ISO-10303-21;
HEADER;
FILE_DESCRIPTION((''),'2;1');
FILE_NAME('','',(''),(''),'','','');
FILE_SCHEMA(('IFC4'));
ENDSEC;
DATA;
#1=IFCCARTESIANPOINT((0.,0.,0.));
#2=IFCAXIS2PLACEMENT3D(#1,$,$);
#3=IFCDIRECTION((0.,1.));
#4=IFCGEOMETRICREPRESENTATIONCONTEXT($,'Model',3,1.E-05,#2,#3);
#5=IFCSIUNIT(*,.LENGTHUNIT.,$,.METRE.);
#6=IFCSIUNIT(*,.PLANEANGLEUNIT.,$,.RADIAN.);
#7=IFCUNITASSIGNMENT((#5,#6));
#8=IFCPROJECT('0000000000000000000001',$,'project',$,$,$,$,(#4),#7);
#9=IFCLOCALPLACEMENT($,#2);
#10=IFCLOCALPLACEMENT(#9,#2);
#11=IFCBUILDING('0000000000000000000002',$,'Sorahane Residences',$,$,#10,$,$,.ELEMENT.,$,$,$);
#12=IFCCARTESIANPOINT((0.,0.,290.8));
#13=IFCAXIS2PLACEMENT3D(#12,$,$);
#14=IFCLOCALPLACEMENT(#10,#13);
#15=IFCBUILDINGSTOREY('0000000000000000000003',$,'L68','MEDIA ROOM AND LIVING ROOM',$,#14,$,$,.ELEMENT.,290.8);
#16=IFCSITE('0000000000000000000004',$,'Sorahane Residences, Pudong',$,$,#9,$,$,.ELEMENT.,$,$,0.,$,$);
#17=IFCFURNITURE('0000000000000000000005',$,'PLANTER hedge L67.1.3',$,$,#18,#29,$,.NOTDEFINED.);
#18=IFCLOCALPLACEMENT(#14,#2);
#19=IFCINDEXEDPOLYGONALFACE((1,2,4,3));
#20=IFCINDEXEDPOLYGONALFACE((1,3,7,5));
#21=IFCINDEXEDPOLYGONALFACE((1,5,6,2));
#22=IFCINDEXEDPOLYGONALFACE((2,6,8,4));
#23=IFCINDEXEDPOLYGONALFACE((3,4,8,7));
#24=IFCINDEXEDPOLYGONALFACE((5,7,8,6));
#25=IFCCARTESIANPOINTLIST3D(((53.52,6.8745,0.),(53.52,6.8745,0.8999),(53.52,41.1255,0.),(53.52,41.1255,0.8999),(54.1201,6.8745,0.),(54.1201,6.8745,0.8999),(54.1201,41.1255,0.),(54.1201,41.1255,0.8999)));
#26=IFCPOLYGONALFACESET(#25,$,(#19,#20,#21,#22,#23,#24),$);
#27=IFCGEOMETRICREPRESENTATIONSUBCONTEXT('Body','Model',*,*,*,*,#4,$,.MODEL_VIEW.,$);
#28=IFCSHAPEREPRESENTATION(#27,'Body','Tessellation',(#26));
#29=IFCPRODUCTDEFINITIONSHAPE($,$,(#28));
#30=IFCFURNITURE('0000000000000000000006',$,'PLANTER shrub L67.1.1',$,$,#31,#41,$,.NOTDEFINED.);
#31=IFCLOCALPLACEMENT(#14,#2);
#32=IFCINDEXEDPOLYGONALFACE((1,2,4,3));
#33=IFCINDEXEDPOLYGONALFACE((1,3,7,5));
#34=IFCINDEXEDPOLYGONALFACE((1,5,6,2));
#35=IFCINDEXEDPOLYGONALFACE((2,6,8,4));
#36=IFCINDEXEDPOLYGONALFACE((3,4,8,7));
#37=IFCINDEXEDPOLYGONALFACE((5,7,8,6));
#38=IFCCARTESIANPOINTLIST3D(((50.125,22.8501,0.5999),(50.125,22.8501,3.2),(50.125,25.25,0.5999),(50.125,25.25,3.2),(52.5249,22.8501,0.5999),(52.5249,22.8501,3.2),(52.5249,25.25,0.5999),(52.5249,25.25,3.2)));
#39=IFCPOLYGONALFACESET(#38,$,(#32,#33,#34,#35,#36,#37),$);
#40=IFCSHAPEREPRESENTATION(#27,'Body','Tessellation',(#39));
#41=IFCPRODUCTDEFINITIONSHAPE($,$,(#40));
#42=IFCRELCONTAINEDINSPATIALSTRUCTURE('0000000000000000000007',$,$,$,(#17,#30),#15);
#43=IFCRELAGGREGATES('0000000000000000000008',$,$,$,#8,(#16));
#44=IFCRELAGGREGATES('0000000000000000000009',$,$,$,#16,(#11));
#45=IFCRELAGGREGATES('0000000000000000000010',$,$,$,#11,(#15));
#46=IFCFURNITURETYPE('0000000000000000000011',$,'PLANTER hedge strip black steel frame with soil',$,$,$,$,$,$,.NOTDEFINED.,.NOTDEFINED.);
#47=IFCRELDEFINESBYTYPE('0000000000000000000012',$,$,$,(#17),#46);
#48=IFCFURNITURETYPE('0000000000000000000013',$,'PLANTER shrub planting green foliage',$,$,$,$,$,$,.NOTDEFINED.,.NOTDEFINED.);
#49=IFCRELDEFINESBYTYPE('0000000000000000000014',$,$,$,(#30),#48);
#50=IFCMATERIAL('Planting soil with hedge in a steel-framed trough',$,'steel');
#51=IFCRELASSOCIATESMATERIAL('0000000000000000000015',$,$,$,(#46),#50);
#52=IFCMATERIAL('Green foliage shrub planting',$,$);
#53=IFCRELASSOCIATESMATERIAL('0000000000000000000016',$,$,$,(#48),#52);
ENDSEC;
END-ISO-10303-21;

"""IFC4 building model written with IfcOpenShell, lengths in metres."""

from ifc_helpers import new_model, si_unit, direction, frame, origin, origin_2d, place, context, subcontext, project, spatial, rectangle, extrude, material, type_object, element, save


model = new_model("IFC4")

# Units and contexts
model_context = context("Model", 3, precision=1e-05, world=origin(), true_north=direction((0.0, 1.0)))
body_context = subcontext(model_context, "Body", "Model", "MODEL_VIEW")
ifc_project = project(units=[si_unit("LENGTHUNIT", "METRE"), si_unit("PLANEANGLEUNIT", "RADIAN")], contexts=[model_context])

# Site, building, storey
site_placement = place(None, origin())
site = spatial("IfcSite", under=ifc_project, at=site_placement, Name="Sorahane Residences, Pudong", CompositionType="ELEMENT", RefElevation=0.0)
building_placement = place(site_placement, origin())
building = spatial("IfcBuilding", under=site, at=building_placement, Name="Sorahane Residences", CompositionType="ELEMENT")
storey_placement = place(building_placement, frame((0.0, 0.0, 290.8)))
storey = spatial("IfcBuildingStorey", under=building, at=storey_placement, Name="L68", Description="MEDIA ROOM AND LIVING ROOM", CompositionType="ELEMENT", Elevation=290.8)

# Furniture
ifc_material_1 = material(Name="Planting soil with hedge in a steel-framed trough", Category="steel")
furniture_type_1 = type_object("IfcFurnitureType", Name="PLANTER hedge strip black steel frame with soil", AssemblyPlace="NOTDEFINED", PredefinedType="NOTDEFINED", material=ifc_material_1)
furniture_1_placement = place(storey_placement, frame((53.8201, 24.0, 0.0), z_axis=(0.0, 0.0, 1.0), x_axis=(0.0, -1.0, 0.0)))
element("IfcFurniture", 1, at=furniture_1_placement, inside=storey, type_object=furniture_type_1, Name="PLANTER hedge L67.1.3", PredefinedType="NOTDEFINED", context=body_context, shape_type="SweptSolid", body=[
    extrude(rectangle(XDim=34.251, YDim=0.6001, at=origin_2d()), origin(), (0.0, 0.0, 1.0), 0.8999),
])
ifc_material_2 = material(Name="Green foliage shrub planting")
furniture_type_2 = type_object("IfcFurnitureType", Name="PLANTER shrub planting green foliage", AssemblyPlace="NOTDEFINED", PredefinedType="NOTDEFINED", material=ifc_material_2)
furniture_2_placement = place(storey_placement, frame((51.325, 24.05, 0.5999), z_axis=(0.0, 0.0, 1.0), x_axis=(1.0, 0.0, 0.0)))
element("IfcFurniture", 2, at=furniture_2_placement, inside=storey, type_object=furniture_type_2, Name="PLANTER shrub L67.1.1", PredefinedType="NOTDEFINED", context=body_context, shape_type="SweptSolid", body=[
    extrude(rectangle(XDim=2.3999, YDim=2.3999, at=origin_2d()), origin(), (0.0, 0.0, 1.0), 2.6001),
])

save(model, "model.ifc")
